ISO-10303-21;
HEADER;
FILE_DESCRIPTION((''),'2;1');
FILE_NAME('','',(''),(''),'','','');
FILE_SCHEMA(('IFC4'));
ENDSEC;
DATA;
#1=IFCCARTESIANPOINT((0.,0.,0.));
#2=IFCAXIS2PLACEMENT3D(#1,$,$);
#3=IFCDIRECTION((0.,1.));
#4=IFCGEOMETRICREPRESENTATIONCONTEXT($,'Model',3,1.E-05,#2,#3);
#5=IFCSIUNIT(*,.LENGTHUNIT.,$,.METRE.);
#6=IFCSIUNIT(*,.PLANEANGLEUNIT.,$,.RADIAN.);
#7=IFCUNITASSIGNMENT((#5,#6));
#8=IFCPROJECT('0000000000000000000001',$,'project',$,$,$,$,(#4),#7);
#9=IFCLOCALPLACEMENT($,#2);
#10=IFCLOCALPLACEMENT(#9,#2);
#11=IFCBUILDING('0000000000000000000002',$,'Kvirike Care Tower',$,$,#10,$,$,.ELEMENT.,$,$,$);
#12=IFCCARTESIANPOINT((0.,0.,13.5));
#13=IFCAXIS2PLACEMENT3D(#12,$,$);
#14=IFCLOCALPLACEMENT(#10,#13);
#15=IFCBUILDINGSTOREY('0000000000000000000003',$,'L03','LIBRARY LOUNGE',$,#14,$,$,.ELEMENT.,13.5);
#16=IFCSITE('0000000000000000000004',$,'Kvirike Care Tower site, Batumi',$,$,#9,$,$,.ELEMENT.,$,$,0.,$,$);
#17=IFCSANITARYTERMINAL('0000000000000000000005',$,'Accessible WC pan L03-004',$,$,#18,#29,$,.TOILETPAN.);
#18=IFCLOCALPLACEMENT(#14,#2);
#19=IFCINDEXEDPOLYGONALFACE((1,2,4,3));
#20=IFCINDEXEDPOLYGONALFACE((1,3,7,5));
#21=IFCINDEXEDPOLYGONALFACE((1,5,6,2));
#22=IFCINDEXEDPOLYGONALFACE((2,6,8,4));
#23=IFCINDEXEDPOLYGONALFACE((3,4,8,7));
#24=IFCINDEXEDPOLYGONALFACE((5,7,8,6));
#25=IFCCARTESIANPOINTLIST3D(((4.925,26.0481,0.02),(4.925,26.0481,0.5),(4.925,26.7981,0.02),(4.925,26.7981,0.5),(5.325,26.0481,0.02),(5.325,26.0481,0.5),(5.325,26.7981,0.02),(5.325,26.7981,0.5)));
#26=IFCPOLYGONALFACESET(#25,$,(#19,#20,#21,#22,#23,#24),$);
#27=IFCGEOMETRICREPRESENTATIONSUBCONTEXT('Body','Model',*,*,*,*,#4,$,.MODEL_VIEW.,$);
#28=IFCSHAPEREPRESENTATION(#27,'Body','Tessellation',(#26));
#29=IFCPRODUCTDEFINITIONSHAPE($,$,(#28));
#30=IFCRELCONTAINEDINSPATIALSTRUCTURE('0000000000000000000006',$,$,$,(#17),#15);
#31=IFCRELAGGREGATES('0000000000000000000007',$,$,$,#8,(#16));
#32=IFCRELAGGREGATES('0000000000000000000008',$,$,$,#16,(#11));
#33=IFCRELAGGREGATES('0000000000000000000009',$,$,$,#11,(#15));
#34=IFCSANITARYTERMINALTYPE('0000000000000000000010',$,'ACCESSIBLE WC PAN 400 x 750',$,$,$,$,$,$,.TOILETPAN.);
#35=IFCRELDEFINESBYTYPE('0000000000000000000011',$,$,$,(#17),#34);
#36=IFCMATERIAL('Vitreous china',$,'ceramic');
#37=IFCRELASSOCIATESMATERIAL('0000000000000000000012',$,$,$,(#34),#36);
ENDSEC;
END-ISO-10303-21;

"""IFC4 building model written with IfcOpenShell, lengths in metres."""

from ifc_helpers import new_model, si_unit, direction, frame, origin, origin_2d, place, context, subcontext, project, spatial, rectangle, extrude, material, type_object, element, save


model = new_model("IFC4")

# Units and contexts
model_context = context("Model", 3, precision=1e-05, world=origin(), true_north=direction((0.0, 1.0)))
body_context = subcontext(model_context, "Body", "Model", "MODEL_VIEW")
ifc_project = project(units=[si_unit("LENGTHUNIT", "METRE"), si_unit("PLANEANGLEUNIT", "RADIAN")], contexts=[model_context])

# Site, building, storey
site_placement = place(None, origin())
site = spatial("IfcSite", under=ifc_project, at=site_placement, Name="Kvirike Care Tower site, Batumi", CompositionType="ELEMENT", RefElevation=0.0)
building_placement = place(site_placement, origin())
building = spatial("IfcBuilding", under=site, at=building_placement, Name="Kvirike Care Tower", CompositionType="ELEMENT")
storey_placement = place(building_placement, frame((0.0, 0.0, 13.5)))
storey = spatial("IfcBuildingStorey", under=building, at=storey_placement, Name="L03", Description="LIBRARY LOUNGE", CompositionType="ELEMENT", Elevation=13.5)

# Sanitary terminal
ifc_material_1 = material(Name="Vitreous china", Category="ceramic")
sanitary_terminal_type_1 = type_object("IfcSanitaryTerminalType", Name="ACCESSIBLE WC PAN 400 x 750", PredefinedType="TOILETPAN", material=ifc_material_1)
sanitary_terminal_1_placement = place(storey_placement, frame((5.125, 26.4231, 0.02), z_axis=(0.0, 0.0, 1.0), x_axis=(1.0, 0.0, 0.0)))
element("IfcSanitaryTerminal", 1, at=sanitary_terminal_1_placement, inside=storey, type_object=sanitary_terminal_type_1, Name="Accessible WC pan L03-004", PredefinedType="TOILETPAN", context=body_context, shape_type="SweptSolid", body=[
    extrude(rectangle(XDim=0.3999, YDim=0.75, at=origin_2d()), origin(), (0.0, 0.0, 1.0), 0.48),
])

save(model, "model.ifc")
